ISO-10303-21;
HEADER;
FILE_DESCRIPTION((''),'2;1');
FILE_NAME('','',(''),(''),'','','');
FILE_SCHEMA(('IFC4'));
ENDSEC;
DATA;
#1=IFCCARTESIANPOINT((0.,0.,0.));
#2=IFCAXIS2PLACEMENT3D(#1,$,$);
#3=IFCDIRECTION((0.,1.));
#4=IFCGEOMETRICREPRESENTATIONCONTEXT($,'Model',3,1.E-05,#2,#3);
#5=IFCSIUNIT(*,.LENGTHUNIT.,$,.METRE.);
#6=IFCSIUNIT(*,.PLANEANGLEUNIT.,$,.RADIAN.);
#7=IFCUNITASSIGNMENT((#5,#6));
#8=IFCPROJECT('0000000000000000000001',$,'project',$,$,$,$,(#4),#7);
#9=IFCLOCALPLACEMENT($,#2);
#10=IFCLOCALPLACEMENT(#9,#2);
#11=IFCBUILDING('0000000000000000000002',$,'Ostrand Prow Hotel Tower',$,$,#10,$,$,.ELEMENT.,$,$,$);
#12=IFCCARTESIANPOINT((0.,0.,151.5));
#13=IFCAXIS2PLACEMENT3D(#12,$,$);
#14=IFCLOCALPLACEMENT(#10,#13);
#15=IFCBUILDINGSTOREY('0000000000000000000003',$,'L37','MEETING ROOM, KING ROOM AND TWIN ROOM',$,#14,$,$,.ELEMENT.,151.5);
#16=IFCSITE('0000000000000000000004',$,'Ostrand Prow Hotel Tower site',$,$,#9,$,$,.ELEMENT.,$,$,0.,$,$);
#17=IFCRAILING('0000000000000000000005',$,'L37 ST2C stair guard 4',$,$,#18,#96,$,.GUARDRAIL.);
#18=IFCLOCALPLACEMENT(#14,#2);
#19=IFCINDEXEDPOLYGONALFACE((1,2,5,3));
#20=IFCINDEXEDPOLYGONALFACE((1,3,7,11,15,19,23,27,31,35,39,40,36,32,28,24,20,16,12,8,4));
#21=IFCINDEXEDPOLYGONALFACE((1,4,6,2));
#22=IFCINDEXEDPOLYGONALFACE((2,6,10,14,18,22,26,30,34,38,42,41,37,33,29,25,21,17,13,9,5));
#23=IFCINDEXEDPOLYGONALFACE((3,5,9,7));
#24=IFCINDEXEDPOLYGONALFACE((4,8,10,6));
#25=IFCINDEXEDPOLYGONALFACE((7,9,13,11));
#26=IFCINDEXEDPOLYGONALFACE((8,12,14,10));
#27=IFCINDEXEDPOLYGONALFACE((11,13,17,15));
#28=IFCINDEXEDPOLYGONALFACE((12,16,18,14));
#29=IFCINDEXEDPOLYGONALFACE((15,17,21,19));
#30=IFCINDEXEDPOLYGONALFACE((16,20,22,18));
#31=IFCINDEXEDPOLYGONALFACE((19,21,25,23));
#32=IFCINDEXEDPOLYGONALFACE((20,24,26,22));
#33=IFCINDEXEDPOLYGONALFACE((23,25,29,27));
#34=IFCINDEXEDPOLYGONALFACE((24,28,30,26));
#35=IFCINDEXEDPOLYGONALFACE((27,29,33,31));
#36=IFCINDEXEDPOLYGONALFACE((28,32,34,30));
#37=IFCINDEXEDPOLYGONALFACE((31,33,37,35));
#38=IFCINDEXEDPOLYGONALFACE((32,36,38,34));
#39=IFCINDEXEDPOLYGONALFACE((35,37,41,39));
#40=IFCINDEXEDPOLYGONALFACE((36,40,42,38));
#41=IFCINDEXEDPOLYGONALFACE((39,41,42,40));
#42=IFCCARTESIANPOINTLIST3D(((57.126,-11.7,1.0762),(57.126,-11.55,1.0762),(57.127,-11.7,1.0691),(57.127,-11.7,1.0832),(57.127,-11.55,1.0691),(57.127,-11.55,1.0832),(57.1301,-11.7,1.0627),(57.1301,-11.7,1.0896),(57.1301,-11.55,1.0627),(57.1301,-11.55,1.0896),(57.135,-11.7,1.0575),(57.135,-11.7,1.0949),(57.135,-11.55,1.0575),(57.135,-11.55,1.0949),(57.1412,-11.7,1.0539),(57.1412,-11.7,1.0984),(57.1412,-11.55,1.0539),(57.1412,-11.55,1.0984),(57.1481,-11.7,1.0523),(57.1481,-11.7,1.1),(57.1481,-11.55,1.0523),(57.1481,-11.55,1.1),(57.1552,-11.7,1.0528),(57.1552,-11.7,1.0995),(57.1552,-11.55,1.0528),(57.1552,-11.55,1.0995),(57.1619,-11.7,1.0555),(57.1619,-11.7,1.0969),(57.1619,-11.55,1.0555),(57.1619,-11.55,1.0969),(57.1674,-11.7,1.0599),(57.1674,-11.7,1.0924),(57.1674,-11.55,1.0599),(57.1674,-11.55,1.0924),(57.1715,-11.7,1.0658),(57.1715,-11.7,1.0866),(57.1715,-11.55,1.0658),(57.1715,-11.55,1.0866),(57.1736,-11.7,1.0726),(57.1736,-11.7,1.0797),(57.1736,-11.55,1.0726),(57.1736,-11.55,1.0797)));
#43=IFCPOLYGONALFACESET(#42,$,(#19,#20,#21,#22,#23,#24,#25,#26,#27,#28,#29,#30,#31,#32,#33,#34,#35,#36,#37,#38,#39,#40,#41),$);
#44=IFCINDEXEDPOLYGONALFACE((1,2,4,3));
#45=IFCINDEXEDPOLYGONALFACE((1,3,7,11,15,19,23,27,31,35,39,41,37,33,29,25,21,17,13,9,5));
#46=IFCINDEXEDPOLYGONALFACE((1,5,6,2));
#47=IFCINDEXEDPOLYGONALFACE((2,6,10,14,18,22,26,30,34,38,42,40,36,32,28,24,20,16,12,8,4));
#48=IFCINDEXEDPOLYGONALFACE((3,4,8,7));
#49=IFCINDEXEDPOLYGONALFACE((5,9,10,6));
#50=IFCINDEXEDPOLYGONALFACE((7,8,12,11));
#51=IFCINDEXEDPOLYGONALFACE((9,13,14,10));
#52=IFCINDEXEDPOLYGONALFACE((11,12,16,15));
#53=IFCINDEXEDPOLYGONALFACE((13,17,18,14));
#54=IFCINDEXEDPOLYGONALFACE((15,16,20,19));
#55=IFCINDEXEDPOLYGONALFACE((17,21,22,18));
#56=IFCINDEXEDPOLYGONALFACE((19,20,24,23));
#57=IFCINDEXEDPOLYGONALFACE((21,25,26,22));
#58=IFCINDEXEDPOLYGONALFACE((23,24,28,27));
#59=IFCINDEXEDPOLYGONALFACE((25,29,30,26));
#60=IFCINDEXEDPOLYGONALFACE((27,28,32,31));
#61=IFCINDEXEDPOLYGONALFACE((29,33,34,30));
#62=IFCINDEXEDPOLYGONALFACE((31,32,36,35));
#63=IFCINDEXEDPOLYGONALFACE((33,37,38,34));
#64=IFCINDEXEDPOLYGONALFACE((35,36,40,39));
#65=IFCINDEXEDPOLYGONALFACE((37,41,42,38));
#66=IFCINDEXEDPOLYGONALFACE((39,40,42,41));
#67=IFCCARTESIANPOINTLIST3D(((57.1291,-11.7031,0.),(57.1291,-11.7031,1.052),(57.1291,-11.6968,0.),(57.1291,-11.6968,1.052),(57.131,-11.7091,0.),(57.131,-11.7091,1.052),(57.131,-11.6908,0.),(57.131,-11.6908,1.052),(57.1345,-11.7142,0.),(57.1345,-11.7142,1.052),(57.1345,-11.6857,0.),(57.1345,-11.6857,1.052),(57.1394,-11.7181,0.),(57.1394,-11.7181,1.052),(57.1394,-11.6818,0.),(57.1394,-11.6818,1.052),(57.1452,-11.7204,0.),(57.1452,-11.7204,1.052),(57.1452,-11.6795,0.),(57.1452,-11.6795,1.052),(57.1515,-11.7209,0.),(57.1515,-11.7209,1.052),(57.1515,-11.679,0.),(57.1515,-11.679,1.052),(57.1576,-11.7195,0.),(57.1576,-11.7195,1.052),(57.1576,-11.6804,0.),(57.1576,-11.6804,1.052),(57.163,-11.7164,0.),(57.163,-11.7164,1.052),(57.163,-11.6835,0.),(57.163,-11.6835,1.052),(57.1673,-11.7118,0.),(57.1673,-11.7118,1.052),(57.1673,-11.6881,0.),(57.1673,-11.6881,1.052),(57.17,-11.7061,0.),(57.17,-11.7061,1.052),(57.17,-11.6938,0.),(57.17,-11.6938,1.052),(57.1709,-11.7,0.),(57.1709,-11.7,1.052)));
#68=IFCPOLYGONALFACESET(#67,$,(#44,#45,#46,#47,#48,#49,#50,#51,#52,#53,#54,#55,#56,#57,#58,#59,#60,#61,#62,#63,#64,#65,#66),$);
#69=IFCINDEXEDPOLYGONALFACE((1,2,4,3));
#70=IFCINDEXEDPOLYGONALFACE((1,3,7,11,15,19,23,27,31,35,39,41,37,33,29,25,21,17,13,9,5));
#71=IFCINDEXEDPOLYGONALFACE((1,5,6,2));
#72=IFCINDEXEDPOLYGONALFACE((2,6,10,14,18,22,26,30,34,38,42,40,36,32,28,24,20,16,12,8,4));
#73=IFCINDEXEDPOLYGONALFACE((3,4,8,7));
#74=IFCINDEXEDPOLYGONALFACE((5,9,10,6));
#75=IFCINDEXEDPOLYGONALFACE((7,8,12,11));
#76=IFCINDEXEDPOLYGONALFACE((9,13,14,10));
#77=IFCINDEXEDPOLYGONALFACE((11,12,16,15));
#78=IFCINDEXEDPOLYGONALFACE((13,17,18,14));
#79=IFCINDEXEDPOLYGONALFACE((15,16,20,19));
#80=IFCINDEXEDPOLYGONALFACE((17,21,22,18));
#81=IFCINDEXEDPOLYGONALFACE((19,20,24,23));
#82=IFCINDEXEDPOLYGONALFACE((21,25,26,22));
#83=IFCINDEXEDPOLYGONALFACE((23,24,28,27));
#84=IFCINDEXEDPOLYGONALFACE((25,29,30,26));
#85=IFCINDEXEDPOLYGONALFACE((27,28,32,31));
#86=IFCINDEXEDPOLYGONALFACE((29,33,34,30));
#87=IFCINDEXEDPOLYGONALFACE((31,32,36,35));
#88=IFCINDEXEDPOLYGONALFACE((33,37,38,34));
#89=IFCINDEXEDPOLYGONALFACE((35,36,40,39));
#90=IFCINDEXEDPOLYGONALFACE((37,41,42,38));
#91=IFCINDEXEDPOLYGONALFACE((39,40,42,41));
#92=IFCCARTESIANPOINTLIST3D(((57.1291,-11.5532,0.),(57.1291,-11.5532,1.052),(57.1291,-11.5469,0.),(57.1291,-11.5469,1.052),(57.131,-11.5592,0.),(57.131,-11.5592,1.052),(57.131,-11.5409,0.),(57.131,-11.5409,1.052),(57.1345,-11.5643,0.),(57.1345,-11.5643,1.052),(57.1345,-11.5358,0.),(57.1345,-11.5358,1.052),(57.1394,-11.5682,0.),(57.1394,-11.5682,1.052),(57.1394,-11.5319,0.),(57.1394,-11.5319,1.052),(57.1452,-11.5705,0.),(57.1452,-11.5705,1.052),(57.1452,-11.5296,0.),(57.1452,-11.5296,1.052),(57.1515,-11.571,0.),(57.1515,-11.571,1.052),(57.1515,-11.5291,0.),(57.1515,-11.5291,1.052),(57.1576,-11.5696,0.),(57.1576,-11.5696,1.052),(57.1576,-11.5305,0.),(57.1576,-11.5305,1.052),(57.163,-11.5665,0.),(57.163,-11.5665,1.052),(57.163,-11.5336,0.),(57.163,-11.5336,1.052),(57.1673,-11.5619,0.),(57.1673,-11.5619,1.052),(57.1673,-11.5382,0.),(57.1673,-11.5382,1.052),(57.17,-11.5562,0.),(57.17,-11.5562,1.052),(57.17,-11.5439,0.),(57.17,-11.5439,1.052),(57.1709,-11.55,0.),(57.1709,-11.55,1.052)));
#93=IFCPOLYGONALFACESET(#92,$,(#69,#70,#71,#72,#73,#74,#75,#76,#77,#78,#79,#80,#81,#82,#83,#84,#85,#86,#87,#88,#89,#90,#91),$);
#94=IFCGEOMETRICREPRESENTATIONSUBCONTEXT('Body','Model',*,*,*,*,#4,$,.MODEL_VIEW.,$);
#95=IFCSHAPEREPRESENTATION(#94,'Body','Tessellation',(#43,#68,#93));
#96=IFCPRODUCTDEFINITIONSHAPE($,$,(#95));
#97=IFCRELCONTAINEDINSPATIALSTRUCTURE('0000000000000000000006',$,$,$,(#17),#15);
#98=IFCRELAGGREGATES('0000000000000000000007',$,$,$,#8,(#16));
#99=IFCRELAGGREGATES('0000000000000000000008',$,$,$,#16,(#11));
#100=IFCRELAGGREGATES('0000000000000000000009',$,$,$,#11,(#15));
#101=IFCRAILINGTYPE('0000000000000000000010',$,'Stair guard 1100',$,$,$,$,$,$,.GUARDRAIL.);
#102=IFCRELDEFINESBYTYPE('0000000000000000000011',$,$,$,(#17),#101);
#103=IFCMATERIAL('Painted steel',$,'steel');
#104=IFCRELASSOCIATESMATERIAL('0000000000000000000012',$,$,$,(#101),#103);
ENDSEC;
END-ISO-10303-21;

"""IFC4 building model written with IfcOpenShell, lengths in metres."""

from ifc_helpers import new_model, si_unit, direction, frame, origin, origin_2d, place, context, subcontext, project, spatial, circle, extrude, material, type_object, element, save


model = new_model("IFC4")

# Units and contexts
model_context = context("Model", 3, precision=1e-05, world=origin(), true_north=direction((0.0, 1.0)))
body_context = subcontext(model_context, "Body", "Model", "MODEL_VIEW")
ifc_project = project(units=[si_unit("LENGTHUNIT", "METRE"), si_unit("PLANEANGLEUNIT", "RADIAN")], contexts=[model_context])

# Site, building, storey
site_placement = place(None, origin())
site = spatial("IfcSite", under=ifc_project, at=site_placement, Name="Ostrand Prow Hotel Tower site", CompositionType="ELEMENT", RefElevation=0.0)
building_placement = place(site_placement, origin())
building = spatial("IfcBuilding", under=site, at=building_placement, Name="Ostrand Prow Hotel Tower", CompositionType="ELEMENT")
storey_placement = place(building_placement, frame((0.0, 0.0, 151.5)))
storey = spatial("IfcBuildingStorey", under=building, at=storey_placement, Name="L37", Description="MEETING ROOM, KING ROOM AND TWIN ROOM", CompositionType="ELEMENT", Elevation=151.5)

# Railing
ifc_material_1 = material(Name="Painted steel", Category="steel")
railing_type_1 = type_object("IfcRailingType", Name="Stair guard 1100", PredefinedType="GUARDRAIL", material=ifc_material_1)
railing_1_placement = place(storey_placement, frame((57.1499, -11.7, 0.0)))
element("IfcRailing", 1, at=railing_1_placement, inside=storey, type_object=railing_type_1, Name="L37 ST2C stair guard 4", PredefinedType="GUARDRAIL", context=body_context, shape_type="SweptSolid", body=[
    extrude(circle(Radius=0.0239, at=origin_2d()), frame((0.0, 0.0, 1.0762), z_axis=(0.0, 1.0, 0.0), x_axis=(-1.0, 0.0, 0.0)), (0.0, 0.0, 1.0), 0.1499),
    extrude(circle(Radius=0.021, at=origin_2d()), origin(), (0.0, 0.0, 1.0), 1.052),
    extrude(circle(Radius=0.021, at=origin_2d()), frame((0.0, 0.1499, 0.0)), (0.0, 0.0, 1.0), 1.052),
])

save(model, "model.ifc")
